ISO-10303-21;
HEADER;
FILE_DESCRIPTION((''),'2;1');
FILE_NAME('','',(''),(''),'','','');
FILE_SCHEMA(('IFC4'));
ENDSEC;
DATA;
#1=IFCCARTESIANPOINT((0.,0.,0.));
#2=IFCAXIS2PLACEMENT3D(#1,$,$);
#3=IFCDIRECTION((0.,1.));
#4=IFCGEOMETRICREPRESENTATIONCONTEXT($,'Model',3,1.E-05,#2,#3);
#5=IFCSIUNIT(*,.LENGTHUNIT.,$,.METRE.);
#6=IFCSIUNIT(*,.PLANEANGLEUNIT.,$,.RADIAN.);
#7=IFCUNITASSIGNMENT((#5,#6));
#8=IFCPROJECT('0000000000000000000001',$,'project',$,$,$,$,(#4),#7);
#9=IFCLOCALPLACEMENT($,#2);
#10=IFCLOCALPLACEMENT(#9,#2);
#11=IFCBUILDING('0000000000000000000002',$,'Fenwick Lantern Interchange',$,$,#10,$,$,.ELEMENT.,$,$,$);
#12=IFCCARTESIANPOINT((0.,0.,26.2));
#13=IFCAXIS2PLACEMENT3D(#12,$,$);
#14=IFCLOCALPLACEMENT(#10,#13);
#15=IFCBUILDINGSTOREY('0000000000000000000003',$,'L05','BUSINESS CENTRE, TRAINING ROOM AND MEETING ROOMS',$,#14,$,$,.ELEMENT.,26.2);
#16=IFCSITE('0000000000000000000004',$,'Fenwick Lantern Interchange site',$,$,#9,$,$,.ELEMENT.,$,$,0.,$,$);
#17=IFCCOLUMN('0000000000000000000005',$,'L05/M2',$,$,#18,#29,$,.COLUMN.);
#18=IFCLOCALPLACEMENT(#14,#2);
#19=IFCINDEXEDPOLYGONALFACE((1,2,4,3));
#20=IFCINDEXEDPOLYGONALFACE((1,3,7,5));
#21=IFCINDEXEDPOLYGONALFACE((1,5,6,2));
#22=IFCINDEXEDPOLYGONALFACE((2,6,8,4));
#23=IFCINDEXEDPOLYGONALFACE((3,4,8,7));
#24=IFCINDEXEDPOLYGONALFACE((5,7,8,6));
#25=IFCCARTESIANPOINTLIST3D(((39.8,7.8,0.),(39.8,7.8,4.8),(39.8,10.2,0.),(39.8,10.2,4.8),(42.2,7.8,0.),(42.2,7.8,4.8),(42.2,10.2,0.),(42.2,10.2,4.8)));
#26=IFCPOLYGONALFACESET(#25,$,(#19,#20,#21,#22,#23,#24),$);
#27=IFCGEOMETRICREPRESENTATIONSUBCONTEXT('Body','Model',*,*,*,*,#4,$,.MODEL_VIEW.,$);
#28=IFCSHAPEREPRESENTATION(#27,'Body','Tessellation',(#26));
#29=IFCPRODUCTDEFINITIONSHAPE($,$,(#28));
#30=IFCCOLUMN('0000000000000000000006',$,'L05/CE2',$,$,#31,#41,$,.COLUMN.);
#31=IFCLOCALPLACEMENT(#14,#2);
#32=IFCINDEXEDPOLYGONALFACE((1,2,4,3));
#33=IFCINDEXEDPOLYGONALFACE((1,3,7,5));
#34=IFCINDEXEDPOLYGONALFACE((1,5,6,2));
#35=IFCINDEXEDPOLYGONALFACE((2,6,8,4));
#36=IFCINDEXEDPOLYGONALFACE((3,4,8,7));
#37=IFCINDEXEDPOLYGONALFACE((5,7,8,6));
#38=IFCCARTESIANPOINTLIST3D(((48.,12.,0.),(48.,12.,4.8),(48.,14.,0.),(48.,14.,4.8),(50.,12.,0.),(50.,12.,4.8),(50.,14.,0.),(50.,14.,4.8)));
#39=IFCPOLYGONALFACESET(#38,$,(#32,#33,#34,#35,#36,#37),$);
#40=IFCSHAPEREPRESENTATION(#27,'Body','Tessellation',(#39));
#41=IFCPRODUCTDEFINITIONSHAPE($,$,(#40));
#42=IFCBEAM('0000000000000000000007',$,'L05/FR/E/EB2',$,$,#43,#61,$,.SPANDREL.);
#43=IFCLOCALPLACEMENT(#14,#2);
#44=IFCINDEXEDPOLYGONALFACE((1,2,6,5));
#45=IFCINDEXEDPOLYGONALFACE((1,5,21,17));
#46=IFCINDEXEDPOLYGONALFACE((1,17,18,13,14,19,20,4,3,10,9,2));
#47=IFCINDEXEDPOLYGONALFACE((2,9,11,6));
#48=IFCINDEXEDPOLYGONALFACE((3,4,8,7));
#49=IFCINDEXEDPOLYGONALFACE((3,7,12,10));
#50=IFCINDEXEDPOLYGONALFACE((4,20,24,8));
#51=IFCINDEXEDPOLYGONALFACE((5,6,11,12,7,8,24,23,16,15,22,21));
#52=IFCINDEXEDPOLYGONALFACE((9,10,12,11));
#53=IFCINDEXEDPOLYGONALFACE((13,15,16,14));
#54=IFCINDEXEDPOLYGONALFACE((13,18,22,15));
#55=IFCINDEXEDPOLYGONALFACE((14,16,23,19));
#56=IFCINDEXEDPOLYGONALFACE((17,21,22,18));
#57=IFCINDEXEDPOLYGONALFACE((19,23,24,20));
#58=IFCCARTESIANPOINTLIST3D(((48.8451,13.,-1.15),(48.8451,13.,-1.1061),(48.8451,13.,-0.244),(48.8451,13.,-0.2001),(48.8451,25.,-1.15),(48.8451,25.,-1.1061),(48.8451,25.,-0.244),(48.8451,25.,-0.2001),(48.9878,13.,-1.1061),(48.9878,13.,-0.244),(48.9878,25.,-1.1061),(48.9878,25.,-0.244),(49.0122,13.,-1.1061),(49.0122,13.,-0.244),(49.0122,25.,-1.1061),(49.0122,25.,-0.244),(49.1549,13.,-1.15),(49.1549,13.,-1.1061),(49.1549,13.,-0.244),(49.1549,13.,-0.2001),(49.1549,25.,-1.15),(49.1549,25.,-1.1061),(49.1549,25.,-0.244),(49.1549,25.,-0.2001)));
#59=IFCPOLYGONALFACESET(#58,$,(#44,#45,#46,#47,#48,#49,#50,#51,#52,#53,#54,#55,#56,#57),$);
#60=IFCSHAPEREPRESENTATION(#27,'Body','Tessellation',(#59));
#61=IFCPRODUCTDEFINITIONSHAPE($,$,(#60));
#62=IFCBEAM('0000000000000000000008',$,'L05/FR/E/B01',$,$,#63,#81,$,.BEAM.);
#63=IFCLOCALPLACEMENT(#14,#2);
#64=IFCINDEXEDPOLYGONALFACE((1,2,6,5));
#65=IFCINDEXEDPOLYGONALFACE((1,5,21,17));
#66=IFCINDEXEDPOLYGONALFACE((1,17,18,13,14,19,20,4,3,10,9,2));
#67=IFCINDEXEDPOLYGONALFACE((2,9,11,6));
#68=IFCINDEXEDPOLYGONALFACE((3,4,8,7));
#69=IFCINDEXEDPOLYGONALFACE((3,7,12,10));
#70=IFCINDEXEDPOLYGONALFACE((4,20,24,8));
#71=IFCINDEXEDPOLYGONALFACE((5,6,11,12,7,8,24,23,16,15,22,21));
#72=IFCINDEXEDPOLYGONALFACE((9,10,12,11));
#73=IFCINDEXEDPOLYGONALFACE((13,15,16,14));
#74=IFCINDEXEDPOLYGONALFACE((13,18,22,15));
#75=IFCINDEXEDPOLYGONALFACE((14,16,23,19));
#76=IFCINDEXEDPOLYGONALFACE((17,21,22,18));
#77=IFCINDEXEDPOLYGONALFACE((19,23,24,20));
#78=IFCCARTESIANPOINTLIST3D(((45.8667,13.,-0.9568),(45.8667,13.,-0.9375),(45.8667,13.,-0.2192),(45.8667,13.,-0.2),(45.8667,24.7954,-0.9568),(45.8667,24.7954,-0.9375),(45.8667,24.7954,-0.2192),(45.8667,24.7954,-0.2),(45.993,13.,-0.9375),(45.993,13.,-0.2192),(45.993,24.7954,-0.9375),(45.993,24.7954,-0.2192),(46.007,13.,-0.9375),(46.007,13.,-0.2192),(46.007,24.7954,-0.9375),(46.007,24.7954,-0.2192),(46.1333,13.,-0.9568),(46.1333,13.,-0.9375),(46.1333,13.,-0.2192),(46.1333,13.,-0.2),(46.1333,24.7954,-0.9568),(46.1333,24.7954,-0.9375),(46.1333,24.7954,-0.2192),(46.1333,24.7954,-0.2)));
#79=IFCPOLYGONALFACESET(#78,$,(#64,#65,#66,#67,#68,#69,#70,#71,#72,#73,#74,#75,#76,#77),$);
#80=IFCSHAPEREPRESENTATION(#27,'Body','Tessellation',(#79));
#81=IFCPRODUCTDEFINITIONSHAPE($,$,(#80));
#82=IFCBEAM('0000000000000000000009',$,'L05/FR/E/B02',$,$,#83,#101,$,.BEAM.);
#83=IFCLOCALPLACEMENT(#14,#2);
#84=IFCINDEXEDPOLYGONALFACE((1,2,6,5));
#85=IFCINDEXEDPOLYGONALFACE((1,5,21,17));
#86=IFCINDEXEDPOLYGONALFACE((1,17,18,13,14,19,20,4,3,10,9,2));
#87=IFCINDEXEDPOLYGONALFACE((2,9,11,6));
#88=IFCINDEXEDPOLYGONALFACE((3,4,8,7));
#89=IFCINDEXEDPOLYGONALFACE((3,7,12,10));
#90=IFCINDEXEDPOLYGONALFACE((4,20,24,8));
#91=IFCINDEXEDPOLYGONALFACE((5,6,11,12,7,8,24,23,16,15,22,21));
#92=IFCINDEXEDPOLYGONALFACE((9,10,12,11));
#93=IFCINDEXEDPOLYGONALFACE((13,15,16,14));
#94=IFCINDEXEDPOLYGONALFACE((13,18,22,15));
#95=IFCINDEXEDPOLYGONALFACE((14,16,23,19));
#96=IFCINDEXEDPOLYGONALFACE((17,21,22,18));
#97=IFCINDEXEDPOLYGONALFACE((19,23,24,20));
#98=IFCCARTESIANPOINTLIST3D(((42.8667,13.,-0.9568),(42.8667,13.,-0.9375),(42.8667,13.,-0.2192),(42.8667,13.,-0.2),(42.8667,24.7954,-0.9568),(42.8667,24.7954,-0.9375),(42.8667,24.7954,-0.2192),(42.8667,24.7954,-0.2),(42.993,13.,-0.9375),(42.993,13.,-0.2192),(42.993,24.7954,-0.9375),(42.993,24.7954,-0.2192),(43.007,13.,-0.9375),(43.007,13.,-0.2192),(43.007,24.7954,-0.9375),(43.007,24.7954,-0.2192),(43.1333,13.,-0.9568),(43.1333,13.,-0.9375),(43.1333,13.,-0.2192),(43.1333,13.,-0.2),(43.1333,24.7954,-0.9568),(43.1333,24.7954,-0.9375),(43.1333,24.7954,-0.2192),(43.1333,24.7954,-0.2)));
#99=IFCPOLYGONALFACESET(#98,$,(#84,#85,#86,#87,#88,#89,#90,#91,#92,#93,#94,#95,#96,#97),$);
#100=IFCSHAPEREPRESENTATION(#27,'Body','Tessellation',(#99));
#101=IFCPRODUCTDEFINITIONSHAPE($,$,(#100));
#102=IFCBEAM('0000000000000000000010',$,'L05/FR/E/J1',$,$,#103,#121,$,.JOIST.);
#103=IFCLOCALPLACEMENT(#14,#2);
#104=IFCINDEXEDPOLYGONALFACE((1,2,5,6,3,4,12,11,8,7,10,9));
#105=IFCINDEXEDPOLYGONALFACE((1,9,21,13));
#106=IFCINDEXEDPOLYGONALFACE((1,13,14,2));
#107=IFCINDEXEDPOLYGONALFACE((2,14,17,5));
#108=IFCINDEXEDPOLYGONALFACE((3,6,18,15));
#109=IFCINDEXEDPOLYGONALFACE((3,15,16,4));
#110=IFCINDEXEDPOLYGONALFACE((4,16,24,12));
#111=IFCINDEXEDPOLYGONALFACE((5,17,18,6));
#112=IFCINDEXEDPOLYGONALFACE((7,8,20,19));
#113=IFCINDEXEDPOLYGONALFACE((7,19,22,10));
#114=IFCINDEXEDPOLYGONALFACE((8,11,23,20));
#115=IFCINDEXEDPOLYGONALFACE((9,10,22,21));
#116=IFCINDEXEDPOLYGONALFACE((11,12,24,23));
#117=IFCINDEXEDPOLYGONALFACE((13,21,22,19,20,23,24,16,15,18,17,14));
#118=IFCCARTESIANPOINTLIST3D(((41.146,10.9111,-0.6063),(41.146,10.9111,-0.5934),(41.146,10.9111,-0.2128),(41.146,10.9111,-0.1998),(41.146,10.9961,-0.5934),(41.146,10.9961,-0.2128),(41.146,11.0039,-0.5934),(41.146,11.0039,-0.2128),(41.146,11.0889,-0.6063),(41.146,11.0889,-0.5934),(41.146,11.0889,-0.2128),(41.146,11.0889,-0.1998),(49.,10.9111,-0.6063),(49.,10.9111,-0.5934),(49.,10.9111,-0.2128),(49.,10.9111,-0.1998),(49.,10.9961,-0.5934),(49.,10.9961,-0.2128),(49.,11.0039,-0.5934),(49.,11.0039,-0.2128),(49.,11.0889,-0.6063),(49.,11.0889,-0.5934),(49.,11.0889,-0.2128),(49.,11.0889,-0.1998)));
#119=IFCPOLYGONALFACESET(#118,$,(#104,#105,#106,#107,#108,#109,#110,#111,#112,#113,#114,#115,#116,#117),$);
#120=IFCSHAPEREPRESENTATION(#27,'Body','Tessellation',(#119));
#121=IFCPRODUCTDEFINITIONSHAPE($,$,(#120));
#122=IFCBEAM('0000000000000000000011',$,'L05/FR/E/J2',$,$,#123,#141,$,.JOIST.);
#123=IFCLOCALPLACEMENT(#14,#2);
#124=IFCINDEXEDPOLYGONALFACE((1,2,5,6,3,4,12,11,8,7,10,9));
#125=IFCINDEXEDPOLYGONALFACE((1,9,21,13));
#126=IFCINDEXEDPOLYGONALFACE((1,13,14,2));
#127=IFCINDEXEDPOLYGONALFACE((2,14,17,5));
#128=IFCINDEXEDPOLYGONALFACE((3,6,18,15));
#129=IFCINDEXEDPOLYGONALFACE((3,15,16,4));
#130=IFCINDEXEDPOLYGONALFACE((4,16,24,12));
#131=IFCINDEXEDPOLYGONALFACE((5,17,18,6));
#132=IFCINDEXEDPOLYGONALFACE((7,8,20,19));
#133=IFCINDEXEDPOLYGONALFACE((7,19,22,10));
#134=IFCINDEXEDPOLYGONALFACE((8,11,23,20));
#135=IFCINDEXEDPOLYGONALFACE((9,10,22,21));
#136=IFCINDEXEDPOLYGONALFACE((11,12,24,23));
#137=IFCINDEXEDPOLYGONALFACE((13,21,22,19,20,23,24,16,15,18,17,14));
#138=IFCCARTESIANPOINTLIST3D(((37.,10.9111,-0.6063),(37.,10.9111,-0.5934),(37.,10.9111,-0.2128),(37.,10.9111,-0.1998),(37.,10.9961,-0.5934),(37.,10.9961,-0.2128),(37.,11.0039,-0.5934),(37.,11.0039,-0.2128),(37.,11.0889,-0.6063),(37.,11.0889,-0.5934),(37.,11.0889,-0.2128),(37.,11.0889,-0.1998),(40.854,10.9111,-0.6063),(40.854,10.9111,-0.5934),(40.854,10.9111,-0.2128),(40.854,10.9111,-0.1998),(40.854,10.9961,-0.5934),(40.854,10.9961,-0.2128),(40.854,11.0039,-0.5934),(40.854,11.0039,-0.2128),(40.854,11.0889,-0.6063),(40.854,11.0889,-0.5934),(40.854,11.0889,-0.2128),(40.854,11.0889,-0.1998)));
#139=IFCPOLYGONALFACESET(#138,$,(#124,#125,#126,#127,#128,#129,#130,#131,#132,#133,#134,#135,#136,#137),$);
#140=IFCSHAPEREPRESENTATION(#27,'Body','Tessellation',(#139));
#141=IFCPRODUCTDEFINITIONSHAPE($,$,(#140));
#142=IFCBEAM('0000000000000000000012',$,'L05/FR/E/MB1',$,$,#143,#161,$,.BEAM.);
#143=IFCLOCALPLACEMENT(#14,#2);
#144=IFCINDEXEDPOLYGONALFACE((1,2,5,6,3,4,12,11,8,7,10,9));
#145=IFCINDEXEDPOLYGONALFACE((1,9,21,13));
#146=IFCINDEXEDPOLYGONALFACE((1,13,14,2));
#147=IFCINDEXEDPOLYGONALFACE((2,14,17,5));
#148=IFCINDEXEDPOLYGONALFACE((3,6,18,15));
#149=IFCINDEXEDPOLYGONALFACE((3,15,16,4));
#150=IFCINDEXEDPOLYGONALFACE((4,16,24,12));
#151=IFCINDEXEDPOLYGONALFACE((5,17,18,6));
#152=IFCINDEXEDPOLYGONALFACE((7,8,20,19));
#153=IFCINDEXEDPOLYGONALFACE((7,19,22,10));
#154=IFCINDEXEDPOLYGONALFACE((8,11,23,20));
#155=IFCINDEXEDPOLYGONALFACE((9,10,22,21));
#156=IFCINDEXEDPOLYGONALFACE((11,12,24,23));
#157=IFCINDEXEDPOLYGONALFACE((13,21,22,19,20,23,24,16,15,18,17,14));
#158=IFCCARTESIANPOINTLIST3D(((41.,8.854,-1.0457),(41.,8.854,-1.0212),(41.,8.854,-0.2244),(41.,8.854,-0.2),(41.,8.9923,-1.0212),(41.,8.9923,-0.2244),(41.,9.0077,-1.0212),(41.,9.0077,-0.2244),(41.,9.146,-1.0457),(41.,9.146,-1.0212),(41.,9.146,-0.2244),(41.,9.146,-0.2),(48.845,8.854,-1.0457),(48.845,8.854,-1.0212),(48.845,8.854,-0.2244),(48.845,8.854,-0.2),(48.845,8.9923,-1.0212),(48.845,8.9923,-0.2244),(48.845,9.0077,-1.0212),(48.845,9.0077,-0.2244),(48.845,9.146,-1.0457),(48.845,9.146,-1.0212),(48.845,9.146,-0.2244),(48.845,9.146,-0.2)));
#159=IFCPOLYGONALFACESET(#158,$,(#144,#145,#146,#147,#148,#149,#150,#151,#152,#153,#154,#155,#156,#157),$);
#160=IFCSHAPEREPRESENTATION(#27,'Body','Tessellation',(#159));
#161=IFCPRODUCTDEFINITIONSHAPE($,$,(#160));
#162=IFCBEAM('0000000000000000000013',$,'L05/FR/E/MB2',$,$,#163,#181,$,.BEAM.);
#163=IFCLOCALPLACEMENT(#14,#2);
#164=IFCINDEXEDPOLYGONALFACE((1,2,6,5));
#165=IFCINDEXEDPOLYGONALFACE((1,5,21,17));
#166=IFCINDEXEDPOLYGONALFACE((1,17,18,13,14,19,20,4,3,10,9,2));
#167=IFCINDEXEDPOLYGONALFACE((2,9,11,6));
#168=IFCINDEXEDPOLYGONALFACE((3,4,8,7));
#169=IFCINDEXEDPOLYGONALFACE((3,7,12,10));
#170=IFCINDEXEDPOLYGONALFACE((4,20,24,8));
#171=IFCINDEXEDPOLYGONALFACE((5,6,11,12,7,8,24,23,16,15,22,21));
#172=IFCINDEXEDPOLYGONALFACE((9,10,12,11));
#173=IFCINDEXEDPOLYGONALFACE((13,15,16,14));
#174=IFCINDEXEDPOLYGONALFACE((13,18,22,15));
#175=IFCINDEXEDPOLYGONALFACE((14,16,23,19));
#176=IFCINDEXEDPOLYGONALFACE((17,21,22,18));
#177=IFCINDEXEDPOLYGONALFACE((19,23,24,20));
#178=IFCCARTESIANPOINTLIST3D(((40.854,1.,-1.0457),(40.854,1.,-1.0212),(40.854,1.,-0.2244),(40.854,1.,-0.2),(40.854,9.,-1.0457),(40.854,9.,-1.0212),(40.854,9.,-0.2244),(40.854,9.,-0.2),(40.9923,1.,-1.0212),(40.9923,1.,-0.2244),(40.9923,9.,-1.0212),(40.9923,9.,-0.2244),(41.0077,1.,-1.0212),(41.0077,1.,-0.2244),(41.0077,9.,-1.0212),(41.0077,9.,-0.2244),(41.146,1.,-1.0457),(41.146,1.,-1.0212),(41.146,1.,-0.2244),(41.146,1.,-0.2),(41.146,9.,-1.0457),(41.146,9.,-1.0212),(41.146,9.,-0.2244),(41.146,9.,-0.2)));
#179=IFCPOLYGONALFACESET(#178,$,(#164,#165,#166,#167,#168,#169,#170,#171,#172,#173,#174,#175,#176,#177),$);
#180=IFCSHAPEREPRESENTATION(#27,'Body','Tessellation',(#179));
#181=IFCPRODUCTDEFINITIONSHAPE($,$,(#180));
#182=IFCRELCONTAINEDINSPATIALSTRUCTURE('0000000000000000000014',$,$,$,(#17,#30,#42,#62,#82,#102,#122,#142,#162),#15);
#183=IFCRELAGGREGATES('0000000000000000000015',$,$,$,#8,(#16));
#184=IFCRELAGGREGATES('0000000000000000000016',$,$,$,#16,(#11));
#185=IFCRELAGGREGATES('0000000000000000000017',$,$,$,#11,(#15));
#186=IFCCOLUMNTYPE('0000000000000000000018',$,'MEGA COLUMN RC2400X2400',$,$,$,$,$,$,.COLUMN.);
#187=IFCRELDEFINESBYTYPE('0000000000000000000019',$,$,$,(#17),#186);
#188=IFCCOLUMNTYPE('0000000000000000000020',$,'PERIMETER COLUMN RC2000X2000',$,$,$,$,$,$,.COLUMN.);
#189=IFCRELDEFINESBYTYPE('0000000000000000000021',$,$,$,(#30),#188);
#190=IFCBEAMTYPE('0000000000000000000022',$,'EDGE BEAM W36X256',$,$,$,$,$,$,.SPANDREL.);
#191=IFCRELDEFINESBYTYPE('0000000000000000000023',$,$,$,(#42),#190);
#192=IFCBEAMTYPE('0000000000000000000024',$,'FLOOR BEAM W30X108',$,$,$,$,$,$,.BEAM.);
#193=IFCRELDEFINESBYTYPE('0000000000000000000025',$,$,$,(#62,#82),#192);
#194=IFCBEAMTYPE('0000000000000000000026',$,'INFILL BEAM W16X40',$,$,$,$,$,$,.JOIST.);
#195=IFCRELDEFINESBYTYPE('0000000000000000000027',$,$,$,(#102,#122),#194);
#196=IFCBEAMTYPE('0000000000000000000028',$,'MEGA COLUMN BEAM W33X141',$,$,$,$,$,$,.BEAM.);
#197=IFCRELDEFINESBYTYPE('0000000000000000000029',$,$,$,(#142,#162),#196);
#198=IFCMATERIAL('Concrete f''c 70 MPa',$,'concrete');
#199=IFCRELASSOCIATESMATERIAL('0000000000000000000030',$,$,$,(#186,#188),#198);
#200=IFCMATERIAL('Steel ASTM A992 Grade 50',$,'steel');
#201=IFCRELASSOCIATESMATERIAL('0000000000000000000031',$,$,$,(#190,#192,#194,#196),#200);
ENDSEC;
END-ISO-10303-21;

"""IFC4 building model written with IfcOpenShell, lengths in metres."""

from ifc_helpers import new_model, si_unit, direction, frame, origin, origin_2d, place, context, subcontext, project, spatial, rectangle, i_section, extrude, material, material_profile, profile_set, type_object, element, save


model = new_model("IFC4")

# Units and contexts
model_context = context("Model", 3, precision=1e-05, world=origin(), true_north=direction((0.0, 1.0)))
body_context = subcontext(model_context, "Body", "Model", "MODEL_VIEW")
ifc_project = project(units=[si_unit("LENGTHUNIT", "METRE"), si_unit("PLANEANGLEUNIT", "RADIAN")], contexts=[model_context])

# Site, building, storey
site_placement = place(None, origin())
site = spatial("IfcSite", under=ifc_project, at=site_placement, Name="Fenwick Lantern Interchange site", CompositionType="ELEMENT", RefElevation=0.0)
building_placement = place(site_placement, origin())
building = spatial("IfcBuilding", under=site, at=building_placement, Name="Fenwick Lantern Interchange", CompositionType="ELEMENT")
storey_placement = place(building_placement, frame((0.0, 0.0, 26.2)))
storey = spatial("IfcBuildingStorey", under=building, at=storey_placement, Name="L05", Description="BUSINESS CENTRE, TRAINING ROOM AND MEETING ROOMS", CompositionType="ELEMENT", Elevation=26.2)

# Columns
ifc_material_1 = material(Name="Concrete f'c 70 MPa", Category="concrete")
ifc_material_profile_1 = material_profile(ifc_material_1, rectangle(XDim=2.3999, YDim=2.3999, at=origin_2d()), Name="RC2400X2400")
ifc_profile_set_1 = profile_set([ifc_material_profile_1], Name="Concrete f'c 70 MPa")
column_type_1 = type_object("IfcColumnType", Name="MEGA COLUMN RC2400X2400", PredefinedType="COLUMN", material=ifc_profile_set_1)
column_1_placement = place(storey_placement, frame((41.0, 9.0, 0.0), z_axis=(0.0, 0.0, 1.0), x_axis=(1.0, 0.0, 0.0)))
element("IfcColumn", 1, at=column_1_placement, inside=storey, type_object=column_type_1, Name="L05/M2", PredefinedType="COLUMN", context=body_context, shape_type="SweptSolid", body=[
    extrude(rectangle(XDim=2.3999, YDim=2.3999, at=origin_2d()), origin(), (0.0, 0.0, 1.0), 4.8),
])
ifc_material_profile_2 = material_profile(ifc_material_1, rectangle(XDim=2.0, YDim=2.0, at=origin_2d()), Name="RC2000X2000")
ifc_profile_set_2 = profile_set([ifc_material_profile_2], Name="Concrete f'c 70 MPa")
column_type_2 = type_object("IfcColumnType", Name="PERIMETER COLUMN RC2000X2000", PredefinedType="COLUMN", material=ifc_profile_set_2)
column_2_placement = place(storey_placement, frame((49.0, 13.0, 0.0), z_axis=(0.0, 0.0, 1.0), x_axis=(1.0, 0.0, 0.0)))
element("IfcColumn", 2, at=column_2_placement, inside=storey, type_object=column_type_2, Name="L05/CE2", PredefinedType="COLUMN", context=body_context, shape_type="SweptSolid", body=[
    extrude(rectangle(XDim=2.0, YDim=2.0, at=origin_2d()), origin(), (0.0, 0.0, 1.0), 4.8),
])

# Beams
ifc_material_2 = material(Name="Steel ASTM A992 Grade 50", Category="steel")
ifc_material_profile_3 = material_profile(ifc_material_2, i_section(OverallWidth=0.3098, OverallDepth=0.95, WebThickness=0.0244, FlangeThickness=0.0439, at=origin_2d()), Name="W36X256")
ifc_profile_set_3 = profile_set([ifc_material_profile_3], Name="Steel ASTM A992 Grade 50")
beam_type_1 = type_object("IfcBeamType", Name="EDGE BEAM W36X256", PredefinedType="SPANDREL", material=ifc_profile_set_3)
beam_1_placement = place(storey_placement, frame((49.0, 13.0, -0.675), z_axis=(0.0, 1.0, 0.0), x_axis=(-1.0, 0.0, 0.0)))
element("IfcBeam", 3, at=beam_1_placement, inside=storey, type_object=beam_type_1, Name="L05/FR/E/EB2", PredefinedType="SPANDREL", context=body_context, shape_type="SweptSolid", body=[
    extrude(i_section(OverallWidth=0.3098, OverallDepth=0.95, WebThickness=0.0244, FlangeThickness=0.0439, at=origin_2d()), origin(), (0.0, 0.0, 1.0), 12.0),
])
ifc_material_profile_4 = material_profile(ifc_material_2, i_section(OverallWidth=0.2666, OverallDepth=0.7568, WebThickness=0.0139, FlangeThickness=0.0193, at=origin_2d()), Name="W30X108")
ifc_profile_set_4 = profile_set([ifc_material_profile_4], Name="Steel ASTM A992 Grade 50")
beam_type_2 = type_object("IfcBeamType", Name="FLOOR BEAM W30X108", PredefinedType="BEAM", material=ifc_profile_set_4)
for number, where, z_axis, x_axis, name in (
    (4, (46.0, 13.0, -0.5784), (0.0, 1.0, 0.0), (-1.0, 0.0, 0.0), "L05/FR/E/B01"),
    (5, (43.0, 13.0, -0.5784), (0.0, 1.0, 0.0), (-1.0, 0.0, 0.0), "L05/FR/E/B02"),
):
    element("IfcBeam", number, at=place(storey_placement, frame(where, z_axis=z_axis, x_axis=x_axis)), inside=storey, type_object=beam_type_2, Name=name, PredefinedType="BEAM", context=body_context, shape_type="SweptSolid", body=[
        extrude(i_section(OverallWidth=0.2666, OverallDepth=0.7568, WebThickness=0.0139, FlangeThickness=0.0193, at=origin_2d()), origin(), (0.0, 0.0, 1.0), 11.7954),
    ])
ifc_material_profile_5 = material_profile(ifc_material_2, i_section(OverallWidth=0.1777, OverallDepth=0.4065, WebThickness=0.0078, FlangeThickness=0.0129, at=origin_2d()), Name="W16X40")
ifc_profile_set_5 = profile_set([ifc_material_profile_5], Name="Steel ASTM A992 Grade 50")
beam_type_3 = type_object("IfcBeamType", Name="INFILL BEAM W16X40", PredefinedType="JOIST", material=ifc_profile_set_5)
beam_2_placement = place(storey_placement, frame((49.0, 11.0, -0.4031), z_axis=(-1.0, 0.0, 0.0), x_axis=(0.0, -1.0, 0.0)))
element("IfcBeam", 6, at=beam_2_placement, inside=storey, type_object=beam_type_3, Name="L05/FR/E/J1", PredefinedType="JOIST", context=body_context, shape_type="SweptSolid", body=[
    extrude(i_section(OverallWidth=0.1777, OverallDepth=0.4065, WebThickness=0.0078, FlangeThickness=0.0129, at=origin_2d()), origin(), (0.0, 0.0, 1.0), 7.854),
])
beam_3_placement = place(storey_placement, frame((40.854, 11.0, -0.4031), z_axis=(-1.0, 0.0, 0.0), x_axis=(0.0, -1.0, 0.0)))
element("IfcBeam", 7, at=beam_3_placement, inside=storey, type_object=beam_type_3, Name="L05/FR/E/J2", PredefinedType="JOIST", context=body_context, shape_type="SweptSolid", body=[
    extrude(i_section(OverallWidth=0.1777, OverallDepth=0.4065, WebThickness=0.0078, FlangeThickness=0.0129, at=origin_2d()), origin(), (0.0, 0.0, 1.0), 3.854),
])
ifc_material_profile_6 = material_profile(ifc_material_2, i_section(OverallWidth=0.292, OverallDepth=0.8457, WebThickness=0.0154, FlangeThickness=0.0244, at=origin_2d()), Name="W33X141")
ifc_profile_set_6 = profile_set([ifc_material_profile_6], Name="Steel ASTM A992 Grade 50")
beam_type_4 = type_object("IfcBeamType", Name="MEGA COLUMN BEAM W33X141", PredefinedType="BEAM", material=ifc_profile_set_6)
beam_4_placement = place(storey_placement, frame((41.0, 9.0, -0.6228), z_axis=(1.0, 0.0, 0.0), x_axis=(0.0, 1.0, 0.0)))
element("IfcBeam", 8, at=beam_4_placement, inside=storey, type_object=beam_type_4, Name="L05/FR/E/MB1", PredefinedType="BEAM", context=body_context, shape_type="SweptSolid", body=[
    extrude(i_section(OverallWidth=0.292, OverallDepth=0.8457, WebThickness=0.0154, FlangeThickness=0.0244, at=origin_2d()), origin(), (0.0, 0.0, 1.0), 7.845),
])
beam_5_placement = place(storey_placement, frame((41.0, 9.0, -0.6228), z_axis=(0.0, -1.0, 0.0), x_axis=(1.0, 0.0, 0.0)))
element("IfcBeam", 9, at=beam_5_placement, inside=storey, type_object=beam_type_4, Name="L05/FR/E/MB2", PredefinedType="BEAM", context=body_context, shape_type="SweptSolid", body=[
    extrude(i_section(OverallWidth=0.292, OverallDepth=0.8457, WebThickness=0.0154, FlangeThickness=0.0244, at=origin_2d()), origin(), (0.0, 0.0, 1.0), 8.0),
])

save(model, "model.ifc")
